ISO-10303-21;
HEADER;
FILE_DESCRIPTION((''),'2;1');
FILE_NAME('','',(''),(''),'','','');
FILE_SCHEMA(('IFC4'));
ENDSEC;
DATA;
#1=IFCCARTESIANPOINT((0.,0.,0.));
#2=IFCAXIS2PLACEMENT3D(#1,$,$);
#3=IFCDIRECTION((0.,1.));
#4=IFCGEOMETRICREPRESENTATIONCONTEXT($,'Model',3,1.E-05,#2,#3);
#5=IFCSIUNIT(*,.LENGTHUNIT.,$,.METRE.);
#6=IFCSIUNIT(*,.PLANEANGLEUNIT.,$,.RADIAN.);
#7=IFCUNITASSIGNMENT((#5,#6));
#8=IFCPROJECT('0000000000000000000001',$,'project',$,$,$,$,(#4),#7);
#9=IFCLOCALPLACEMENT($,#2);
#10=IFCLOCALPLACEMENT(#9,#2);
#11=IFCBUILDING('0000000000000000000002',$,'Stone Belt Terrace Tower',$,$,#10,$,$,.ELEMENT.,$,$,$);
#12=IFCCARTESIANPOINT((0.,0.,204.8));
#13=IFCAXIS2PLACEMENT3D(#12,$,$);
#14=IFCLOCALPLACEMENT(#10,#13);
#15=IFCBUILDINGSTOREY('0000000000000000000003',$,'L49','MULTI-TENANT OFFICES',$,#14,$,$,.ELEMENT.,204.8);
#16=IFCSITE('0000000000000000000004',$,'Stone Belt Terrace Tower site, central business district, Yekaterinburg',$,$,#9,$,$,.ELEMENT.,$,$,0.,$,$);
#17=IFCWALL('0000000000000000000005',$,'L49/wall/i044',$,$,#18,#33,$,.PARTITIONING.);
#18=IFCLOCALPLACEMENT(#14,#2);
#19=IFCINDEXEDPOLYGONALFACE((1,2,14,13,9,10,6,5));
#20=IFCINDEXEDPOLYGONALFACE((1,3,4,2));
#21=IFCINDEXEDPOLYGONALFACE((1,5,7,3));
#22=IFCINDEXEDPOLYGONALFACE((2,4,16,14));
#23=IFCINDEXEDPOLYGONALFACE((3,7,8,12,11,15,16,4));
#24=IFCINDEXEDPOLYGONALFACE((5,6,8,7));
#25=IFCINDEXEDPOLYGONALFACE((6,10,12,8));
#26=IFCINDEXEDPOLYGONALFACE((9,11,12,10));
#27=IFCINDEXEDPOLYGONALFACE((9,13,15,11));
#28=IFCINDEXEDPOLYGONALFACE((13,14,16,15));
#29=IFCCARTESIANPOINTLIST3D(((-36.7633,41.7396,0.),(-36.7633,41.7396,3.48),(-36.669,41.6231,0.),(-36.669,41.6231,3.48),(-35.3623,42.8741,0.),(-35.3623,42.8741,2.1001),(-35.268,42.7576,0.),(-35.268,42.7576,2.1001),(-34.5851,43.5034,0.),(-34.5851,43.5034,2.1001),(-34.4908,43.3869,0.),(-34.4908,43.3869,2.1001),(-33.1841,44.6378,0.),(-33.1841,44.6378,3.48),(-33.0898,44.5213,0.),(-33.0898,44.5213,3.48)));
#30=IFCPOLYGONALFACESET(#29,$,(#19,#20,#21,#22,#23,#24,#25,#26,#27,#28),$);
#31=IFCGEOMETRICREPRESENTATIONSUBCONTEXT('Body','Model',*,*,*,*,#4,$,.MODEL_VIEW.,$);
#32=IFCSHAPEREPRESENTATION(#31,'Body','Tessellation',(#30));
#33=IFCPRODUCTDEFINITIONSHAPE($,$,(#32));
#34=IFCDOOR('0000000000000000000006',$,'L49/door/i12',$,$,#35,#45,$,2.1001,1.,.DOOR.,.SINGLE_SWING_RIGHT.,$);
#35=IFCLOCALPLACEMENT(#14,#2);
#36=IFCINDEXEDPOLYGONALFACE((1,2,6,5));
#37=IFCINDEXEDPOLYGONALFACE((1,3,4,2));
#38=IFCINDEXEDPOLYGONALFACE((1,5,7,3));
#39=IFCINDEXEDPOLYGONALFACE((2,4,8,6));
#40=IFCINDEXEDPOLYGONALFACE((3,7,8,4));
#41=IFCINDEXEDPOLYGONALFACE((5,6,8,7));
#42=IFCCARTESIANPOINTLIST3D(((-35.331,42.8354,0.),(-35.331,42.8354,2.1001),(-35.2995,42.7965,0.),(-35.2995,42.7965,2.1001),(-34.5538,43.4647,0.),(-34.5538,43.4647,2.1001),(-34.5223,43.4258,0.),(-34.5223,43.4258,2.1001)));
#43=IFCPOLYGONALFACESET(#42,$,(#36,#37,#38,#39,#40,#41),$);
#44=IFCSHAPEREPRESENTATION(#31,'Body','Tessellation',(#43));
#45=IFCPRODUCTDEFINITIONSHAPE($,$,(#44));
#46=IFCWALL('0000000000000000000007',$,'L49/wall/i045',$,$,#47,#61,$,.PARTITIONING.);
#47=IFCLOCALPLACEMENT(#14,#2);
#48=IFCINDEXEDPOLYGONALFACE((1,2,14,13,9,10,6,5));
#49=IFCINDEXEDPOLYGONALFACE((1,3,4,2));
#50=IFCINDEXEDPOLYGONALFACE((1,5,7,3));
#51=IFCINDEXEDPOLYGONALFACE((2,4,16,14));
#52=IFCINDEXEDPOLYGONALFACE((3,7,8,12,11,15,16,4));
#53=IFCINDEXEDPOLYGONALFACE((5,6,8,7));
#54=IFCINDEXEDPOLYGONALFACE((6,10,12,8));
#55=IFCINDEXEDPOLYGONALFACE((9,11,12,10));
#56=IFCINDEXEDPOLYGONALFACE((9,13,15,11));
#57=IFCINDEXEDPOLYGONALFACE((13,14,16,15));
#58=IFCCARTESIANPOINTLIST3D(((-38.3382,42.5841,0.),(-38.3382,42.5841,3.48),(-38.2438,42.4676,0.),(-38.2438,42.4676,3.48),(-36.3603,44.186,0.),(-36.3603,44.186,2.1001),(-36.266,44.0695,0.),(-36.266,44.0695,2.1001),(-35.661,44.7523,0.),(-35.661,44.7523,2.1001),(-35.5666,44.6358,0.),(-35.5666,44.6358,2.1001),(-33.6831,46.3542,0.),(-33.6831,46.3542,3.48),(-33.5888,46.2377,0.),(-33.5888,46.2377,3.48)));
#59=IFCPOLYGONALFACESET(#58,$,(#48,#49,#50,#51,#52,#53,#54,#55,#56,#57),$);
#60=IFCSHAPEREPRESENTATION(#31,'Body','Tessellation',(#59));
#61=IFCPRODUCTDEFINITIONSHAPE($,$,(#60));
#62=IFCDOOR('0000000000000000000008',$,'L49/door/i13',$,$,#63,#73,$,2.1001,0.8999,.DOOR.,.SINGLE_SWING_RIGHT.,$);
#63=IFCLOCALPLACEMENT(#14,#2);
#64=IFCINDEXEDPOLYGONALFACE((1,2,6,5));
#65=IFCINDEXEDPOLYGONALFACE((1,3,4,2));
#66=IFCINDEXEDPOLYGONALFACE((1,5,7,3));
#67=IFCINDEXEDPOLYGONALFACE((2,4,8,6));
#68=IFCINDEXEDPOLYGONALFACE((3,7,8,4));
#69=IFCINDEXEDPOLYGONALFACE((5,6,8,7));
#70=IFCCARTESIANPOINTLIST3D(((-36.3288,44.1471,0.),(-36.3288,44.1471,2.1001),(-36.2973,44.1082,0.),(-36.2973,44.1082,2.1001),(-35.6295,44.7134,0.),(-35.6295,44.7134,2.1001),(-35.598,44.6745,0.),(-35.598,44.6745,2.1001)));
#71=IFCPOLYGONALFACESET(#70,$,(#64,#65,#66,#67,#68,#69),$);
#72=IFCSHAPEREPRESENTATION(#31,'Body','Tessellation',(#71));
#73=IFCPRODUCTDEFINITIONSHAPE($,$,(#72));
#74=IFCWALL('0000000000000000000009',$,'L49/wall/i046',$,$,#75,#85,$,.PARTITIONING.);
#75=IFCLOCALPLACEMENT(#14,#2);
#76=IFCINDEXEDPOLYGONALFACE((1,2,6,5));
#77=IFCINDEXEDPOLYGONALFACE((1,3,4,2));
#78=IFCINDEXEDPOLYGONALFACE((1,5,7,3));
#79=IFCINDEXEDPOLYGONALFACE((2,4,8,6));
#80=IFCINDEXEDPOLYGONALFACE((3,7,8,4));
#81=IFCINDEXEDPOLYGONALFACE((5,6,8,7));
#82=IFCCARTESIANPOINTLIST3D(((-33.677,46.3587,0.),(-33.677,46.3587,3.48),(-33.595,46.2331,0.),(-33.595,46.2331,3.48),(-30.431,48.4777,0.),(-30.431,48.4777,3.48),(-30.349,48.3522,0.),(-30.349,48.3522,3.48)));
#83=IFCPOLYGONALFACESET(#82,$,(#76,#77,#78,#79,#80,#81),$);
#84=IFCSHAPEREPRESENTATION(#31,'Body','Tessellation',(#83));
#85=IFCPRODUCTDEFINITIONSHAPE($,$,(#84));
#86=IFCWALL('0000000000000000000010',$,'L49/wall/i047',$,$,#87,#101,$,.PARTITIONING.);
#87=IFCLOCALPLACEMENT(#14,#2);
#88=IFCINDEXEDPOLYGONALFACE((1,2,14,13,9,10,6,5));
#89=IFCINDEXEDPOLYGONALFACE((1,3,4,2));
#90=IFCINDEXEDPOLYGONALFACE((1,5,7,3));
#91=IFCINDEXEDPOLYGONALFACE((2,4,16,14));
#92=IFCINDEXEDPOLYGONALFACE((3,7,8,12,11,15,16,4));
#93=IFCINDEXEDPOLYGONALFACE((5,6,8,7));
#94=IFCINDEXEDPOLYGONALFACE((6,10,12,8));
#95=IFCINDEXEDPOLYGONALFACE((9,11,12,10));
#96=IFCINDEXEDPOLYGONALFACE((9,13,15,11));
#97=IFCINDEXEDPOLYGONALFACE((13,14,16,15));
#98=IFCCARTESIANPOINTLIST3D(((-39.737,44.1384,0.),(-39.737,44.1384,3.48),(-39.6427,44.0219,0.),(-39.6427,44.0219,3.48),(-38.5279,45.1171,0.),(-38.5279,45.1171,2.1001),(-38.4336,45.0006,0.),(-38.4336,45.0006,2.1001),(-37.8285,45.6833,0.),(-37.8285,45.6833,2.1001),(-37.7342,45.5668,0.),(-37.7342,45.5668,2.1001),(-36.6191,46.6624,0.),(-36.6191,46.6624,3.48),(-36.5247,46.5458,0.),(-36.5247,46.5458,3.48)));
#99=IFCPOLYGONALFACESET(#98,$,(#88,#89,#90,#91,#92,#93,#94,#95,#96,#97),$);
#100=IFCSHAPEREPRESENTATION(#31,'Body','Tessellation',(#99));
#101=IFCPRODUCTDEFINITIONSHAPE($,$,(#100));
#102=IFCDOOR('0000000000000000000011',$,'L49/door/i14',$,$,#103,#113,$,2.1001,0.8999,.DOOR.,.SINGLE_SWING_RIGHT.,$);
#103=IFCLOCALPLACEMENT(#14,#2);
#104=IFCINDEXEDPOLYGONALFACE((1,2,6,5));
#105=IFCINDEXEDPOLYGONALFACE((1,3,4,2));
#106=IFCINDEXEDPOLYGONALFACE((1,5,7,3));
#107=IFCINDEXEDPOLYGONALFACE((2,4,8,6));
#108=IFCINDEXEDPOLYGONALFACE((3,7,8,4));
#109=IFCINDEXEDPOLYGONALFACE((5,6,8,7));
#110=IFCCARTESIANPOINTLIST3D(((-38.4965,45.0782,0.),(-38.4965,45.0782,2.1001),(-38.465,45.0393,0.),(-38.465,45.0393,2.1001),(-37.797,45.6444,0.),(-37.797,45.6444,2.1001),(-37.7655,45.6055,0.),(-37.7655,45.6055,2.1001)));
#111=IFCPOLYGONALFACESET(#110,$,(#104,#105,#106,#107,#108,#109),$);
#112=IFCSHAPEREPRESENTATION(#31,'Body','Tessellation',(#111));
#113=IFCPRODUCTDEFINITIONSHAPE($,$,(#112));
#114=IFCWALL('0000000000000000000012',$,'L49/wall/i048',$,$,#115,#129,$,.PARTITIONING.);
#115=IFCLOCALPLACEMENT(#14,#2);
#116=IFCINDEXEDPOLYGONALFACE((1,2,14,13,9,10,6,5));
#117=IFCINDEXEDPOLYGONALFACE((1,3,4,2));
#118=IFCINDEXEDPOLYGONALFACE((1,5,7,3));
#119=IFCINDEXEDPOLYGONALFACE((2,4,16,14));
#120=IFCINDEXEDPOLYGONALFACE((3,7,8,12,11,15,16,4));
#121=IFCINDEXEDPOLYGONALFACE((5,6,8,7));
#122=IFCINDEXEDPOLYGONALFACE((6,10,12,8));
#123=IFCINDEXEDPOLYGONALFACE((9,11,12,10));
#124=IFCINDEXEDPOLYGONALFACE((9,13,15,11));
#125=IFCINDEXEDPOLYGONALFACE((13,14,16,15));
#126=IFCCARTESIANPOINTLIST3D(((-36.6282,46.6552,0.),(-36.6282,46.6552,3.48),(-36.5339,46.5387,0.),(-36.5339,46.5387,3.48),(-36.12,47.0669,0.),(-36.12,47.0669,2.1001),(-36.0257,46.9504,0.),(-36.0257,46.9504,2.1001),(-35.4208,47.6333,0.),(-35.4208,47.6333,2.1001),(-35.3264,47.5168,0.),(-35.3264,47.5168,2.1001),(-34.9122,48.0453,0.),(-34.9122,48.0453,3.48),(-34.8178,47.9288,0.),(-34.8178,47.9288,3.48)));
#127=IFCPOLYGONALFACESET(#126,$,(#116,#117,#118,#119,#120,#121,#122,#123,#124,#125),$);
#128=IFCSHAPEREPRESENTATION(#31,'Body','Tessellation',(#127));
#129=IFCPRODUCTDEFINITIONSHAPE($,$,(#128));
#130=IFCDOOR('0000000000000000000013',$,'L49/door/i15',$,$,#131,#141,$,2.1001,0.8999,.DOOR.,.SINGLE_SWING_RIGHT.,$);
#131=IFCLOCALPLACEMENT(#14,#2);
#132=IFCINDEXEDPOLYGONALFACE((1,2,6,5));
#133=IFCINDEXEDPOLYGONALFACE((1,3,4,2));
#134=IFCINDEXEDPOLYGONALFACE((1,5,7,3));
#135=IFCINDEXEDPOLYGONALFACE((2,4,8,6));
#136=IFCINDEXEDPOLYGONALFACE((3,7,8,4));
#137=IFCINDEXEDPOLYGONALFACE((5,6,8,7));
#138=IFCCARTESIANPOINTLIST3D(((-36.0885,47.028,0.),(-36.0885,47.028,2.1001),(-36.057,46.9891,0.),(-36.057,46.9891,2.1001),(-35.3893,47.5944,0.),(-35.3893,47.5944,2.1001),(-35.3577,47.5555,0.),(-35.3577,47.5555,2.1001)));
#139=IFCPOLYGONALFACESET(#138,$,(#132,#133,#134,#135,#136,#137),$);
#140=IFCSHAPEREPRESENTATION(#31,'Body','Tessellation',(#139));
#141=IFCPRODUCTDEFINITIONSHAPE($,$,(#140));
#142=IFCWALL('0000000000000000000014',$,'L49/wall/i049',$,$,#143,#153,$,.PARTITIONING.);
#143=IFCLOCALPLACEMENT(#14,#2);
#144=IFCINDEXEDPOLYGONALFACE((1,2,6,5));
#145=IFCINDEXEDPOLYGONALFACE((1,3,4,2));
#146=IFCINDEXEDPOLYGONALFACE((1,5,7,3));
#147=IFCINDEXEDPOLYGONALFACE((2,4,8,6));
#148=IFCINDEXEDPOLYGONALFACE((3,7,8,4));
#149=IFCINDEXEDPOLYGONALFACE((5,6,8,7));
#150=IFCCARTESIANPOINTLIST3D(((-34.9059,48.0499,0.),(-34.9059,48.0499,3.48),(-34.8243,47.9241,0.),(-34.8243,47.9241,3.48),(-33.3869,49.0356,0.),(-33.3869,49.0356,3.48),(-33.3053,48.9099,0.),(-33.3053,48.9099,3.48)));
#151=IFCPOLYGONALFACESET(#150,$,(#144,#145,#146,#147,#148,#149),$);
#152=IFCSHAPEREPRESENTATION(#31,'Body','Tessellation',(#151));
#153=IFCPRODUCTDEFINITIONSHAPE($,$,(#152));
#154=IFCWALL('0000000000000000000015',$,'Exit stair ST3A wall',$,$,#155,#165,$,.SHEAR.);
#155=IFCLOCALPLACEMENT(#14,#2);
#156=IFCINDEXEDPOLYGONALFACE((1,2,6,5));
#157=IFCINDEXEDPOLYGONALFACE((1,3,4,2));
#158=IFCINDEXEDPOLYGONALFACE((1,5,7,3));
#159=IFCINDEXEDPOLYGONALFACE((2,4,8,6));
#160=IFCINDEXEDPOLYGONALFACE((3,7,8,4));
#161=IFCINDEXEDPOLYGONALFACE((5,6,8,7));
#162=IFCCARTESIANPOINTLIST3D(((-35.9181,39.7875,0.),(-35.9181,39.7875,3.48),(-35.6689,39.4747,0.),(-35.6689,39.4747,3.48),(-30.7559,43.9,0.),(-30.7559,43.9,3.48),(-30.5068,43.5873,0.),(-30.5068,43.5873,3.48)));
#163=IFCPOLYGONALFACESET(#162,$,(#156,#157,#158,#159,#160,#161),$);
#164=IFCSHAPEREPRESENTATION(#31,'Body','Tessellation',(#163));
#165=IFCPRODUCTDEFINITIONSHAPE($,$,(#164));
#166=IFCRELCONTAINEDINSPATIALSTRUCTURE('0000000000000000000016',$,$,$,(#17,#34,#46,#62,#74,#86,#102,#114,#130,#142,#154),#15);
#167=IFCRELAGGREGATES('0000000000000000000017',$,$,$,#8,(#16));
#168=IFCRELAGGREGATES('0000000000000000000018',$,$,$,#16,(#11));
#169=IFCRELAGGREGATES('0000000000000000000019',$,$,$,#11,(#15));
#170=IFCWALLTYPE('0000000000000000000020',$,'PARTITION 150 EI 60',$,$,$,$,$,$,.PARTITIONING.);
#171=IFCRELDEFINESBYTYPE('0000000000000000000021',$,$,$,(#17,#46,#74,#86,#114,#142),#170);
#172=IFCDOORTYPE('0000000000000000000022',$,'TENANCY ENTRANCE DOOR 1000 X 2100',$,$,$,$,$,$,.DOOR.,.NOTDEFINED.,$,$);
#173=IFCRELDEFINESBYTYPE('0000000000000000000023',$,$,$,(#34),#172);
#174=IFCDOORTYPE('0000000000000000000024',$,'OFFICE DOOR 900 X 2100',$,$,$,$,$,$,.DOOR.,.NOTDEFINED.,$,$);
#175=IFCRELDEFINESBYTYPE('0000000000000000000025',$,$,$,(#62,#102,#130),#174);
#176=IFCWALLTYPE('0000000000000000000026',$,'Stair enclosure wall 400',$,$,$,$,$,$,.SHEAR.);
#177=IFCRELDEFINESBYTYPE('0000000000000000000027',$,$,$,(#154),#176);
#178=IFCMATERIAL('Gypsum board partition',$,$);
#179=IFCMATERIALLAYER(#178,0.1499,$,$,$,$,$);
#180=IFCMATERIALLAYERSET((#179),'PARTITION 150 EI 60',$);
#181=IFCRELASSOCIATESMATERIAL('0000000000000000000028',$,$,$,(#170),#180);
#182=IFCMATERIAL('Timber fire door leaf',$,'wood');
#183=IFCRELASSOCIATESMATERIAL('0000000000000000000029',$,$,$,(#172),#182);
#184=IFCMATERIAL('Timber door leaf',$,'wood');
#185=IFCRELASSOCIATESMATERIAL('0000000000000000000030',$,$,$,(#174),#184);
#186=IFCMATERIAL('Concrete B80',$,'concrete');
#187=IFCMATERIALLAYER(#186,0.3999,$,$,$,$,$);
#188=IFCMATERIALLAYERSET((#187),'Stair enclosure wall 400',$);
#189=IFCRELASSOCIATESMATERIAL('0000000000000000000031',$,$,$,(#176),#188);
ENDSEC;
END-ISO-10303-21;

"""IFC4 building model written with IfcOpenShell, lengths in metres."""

from ifc_helpers import new_model, si_unit, direction, frame, frame_2d, origin, place, context, subcontext, project, spatial, rectangle, extrude, material, layer, layer_set, type_object, element, fill, save


model = new_model("IFC4")

# Units and contexts
model_context = context("Model", 3, precision=1e-05, world=origin(), true_north=direction((0.0, 1.0)))
body_context = subcontext(model_context, "Body", "Model", "MODEL_VIEW")
ifc_project = project(units=[si_unit("LENGTHUNIT", "METRE"), si_unit("PLANEANGLEUNIT", "RADIAN")], contexts=[model_context])

# Site, building, storey
site_placement = place(None, origin())
site = spatial("IfcSite", under=ifc_project, at=site_placement, Name="Stone Belt Terrace Tower site, central business district, Yekaterinburg", CompositionType="ELEMENT", RefElevation=0.0)
building_placement = place(site_placement, origin())
building = spatial("IfcBuilding", under=site, at=building_placement, Name="Stone Belt Terrace Tower", CompositionType="ELEMENT")
storey_placement = place(building_placement, frame((0.0, 0.0, 204.8)))
storey = spatial("IfcBuildingStorey", under=building, at=storey_placement, Name="L49", Description="MULTI-TENANT OFFICES", CompositionType="ELEMENT", Elevation=204.8)

# Shared definitions
ifc_material_1 = material(Name="Gypsum board partition")
ifc_layer_1 = layer(ifc_material_1, 0.1499)
ifc_layer_set_1 = layer_set([ifc_layer_1], Name="PARTITION 150 EI 60")
wall_type_1 = type_object("IfcWallType", Name="PARTITION 150 EI 60", PredefinedType="PARTITIONING", material=ifc_layer_set_1)

# Walls, openings, doors
wall_1_placement = place(storey_placement, frame((-33.137, 44.5796, 0.0), z_axis=(0.0, 0.0, 1.0), x_axis=(-0.777157, -0.629306, 0.0)))
wall_1 = element("IfcWall", 1, at=wall_1_placement, inside=storey, type_object=wall_type_1, Name="L49/wall/i044", PredefinedType="PARTITIONING", context=body_context, shape_type="SweptSolid", body=[
    extrude(rectangle(XDim=4.6055, YDim=0.1499, at=frame_2d((2.3027, 0.0))), origin(), (0.0, 0.0, 1.0), 3.48),
])
opening_1_placement = place(wall_1_placement, frame((1.8027, 0.0, 0.0)))
opening_1 = element("IfcOpeningElement", 2, at=opening_1_placement, cuts=wall_1, PredefinedType="OPENING", context=body_context, shape_type="SweptSolid", body=[
    extrude(rectangle(XDim=1.0, YDim=2.1001, at=frame_2d((0.5, 1.05))), frame((0.0, 0.085, 0.0), z_axis=(0.0, -1.0, 0.0), x_axis=(1.0, 0.0, 0.0)), (0.0, 0.0, 1.0), 0.1699),
])
ifc_material_2 = material(Name="Timber fire door leaf", Category="wood")
door_type_1 = type_object("IfcDoorType", Name="TENANCY ENTRANCE DOOR 1000 X 2100", OperationType="NOTDEFINED", PredefinedType="DOOR", material=ifc_material_2)
door_1_placement = place(opening_1_placement, origin())
door_1 = element("IfcDoor", 3, at=door_1_placement, inside=storey, type_object=door_type_1, Name="L49/door/i12", OperationType="SINGLE_SWING_RIGHT", OverallHeight=2.1001, OverallWidth=1.0, PredefinedType="DOOR", context=body_context, shape_type="SweptSolid", body=[
    extrude(rectangle(XDim=1.0, YDim=2.1001, at=frame_2d((0.5, 1.05))), frame((0.0, 0.0249, 0.0), z_axis=(0.0, -1.0, 0.0), x_axis=(1.0, 0.0, 0.0)), (0.0, 0.0, 1.0), 0.05),
])
fill(opening_1, door_1)
wall_2_placement = place(storey_placement, frame((-38.291, 42.5259, 0.0), z_axis=(0.0, 0.0, 1.0), x_axis=(0.777109, 0.629366, 0.0)))
wall_2 = element("IfcWall", 4, at=wall_2_placement, inside=storey, type_object=wall_type_1, Name="L49/wall/i045", PredefinedType="PARTITIONING", context=body_context, shape_type="SweptSolid", body=[
    extrude(rectangle(XDim=5.9902, YDim=0.1499, at=frame_2d((2.9951, 0.0))), origin(), (0.0, 0.0, 1.0), 3.48),
])
opening_2_placement = place(wall_2_placement, frame((2.5452, 0.0, 0.0)))
opening_2 = element("IfcOpeningElement", 5, at=opening_2_placement, cuts=wall_2, PredefinedType="OPENING", context=body_context, shape_type="SweptSolid", body=[
    extrude(rectangle(XDim=0.8999, YDim=2.1001, at=frame_2d((0.45, 1.05))), frame((0.0, 0.085, 0.0), z_axis=(0.0, -1.0, 0.0), x_axis=(1.0, 0.0, 0.0)), (0.0, 0.0, 1.0), 0.1699),
])
ifc_material_3 = material(Name="Timber door leaf", Category="wood")
door_type_2 = type_object("IfcDoorType", Name="OFFICE DOOR 900 X 2100", OperationType="NOTDEFINED", PredefinedType="DOOR", material=ifc_material_3)
door_2_placement = place(opening_2_placement, origin())
door_2 = element("IfcDoor", 6, at=door_2_placement, inside=storey, type_object=door_type_2, Name="L49/door/i13", OperationType="SINGLE_SWING_RIGHT", OverallHeight=2.1001, OverallWidth=0.8999, PredefinedType="DOOR", context=body_context, shape_type="SweptSolid", body=[
    extrude(rectangle(XDim=0.8999, YDim=2.1001, at=frame_2d((0.45, 1.05))), frame((0.0, 0.0249, 0.0), z_axis=(0.0, -1.0, 0.0), x_axis=(1.0, 0.0, 0.0)), (0.0, 0.0, 1.0), 0.05),
])
fill(opening_2, door_2)

# Wall
wall_3_placement = place(storey_placement, frame((-33.636, 46.2959, 0.0), z_axis=(0.0, 0.0, 1.0), x_axis=(0.83736, 0.546652, 0.0)))
element("IfcWall", 7, at=wall_3_placement, inside=storey, type_object=wall_type_1, Name="L49/wall/i046", PredefinedType="PARTITIONING", context=body_context, shape_type="SweptSolid", body=[
    extrude(rectangle(XDim=3.8765, YDim=0.1499, at=frame_2d((1.9382, 0.0))), origin(), (0.0, 0.0, 1.0), 3.48),
])

# Walls, openings, doors
wall_4_placement = place(storey_placement, frame((-39.6899, 44.0801, 0.0), z_axis=(0.0, 0.0, 1.0), x_axis=(0.777258, 0.629182, 0.0)))
wall_4 = element("IfcWall", 8, at=wall_4_placement, inside=storey, type_object=wall_type_1, Name="L49/wall/i047", PredefinedType="PARTITIONING", context=body_context, shape_type="SweptSolid", body=[
    extrude(rectangle(XDim=4.0115, YDim=0.1499, at=frame_2d((2.0059, 0.0))), origin(), (0.0, 0.0, 1.0), 3.48),
])
opening_3_placement = place(wall_4_placement, frame((1.5557, 0.0, 0.0)))
opening_3 = element("IfcOpeningElement", 9, at=opening_3_placement, cuts=wall_4, PredefinedType="OPENING", context=body_context, shape_type="SweptSolid", body=[
    extrude(rectangle(XDim=0.8999, YDim=2.1001, at=frame_2d((0.45, 1.05))), frame((0.0, 0.085, 0.0), z_axis=(0.0, -1.0, 0.0), x_axis=(1.0, 0.0, 0.0)), (0.0, 0.0, 1.0), 0.1699),
])
door_3_placement = place(opening_3_placement, origin())
door_3 = element("IfcDoor", 10, at=door_3_placement, inside=storey, type_object=door_type_2, Name="L49/door/i14", OperationType="SINGLE_SWING_RIGHT", OverallHeight=2.1001, OverallWidth=0.8999, PredefinedType="DOOR", context=body_context, shape_type="SweptSolid", body=[
    extrude(rectangle(XDim=0.8999, YDim=2.1001, at=frame_2d((0.45, 1.05))), frame((0.0, 0.0249, 0.0), z_axis=(0.0, -1.0, 0.0), x_axis=(1.0, 0.0, 0.0)), (0.0, 0.0, 1.0), 0.05),
])
fill(opening_3, door_3)
wall_5_placement = place(storey_placement, frame((-36.5811, 46.5969, 0.0), z_axis=(0.0, 0.0, 1.0), x_axis=(0.777036, 0.629456, 0.0)))
wall_5 = element("IfcWall", 11, at=wall_5_placement, inside=storey, type_object=wall_type_1, Name="L49/wall/i048", PredefinedType="PARTITIONING", context=body_context, shape_type="SweptSolid", body=[
    extrude(rectangle(XDim=2.2085, YDim=0.1499, at=frame_2d((1.1042, 0.0))), origin(), (0.0, 0.0, 1.0), 3.48),
])
opening_4_placement = place(wall_5_placement, frame((0.6541, 0.0, 0.0)))
opening_4 = element("IfcOpeningElement", 12, at=opening_4_placement, cuts=wall_5, PredefinedType="OPENING", context=body_context, shape_type="SweptSolid", body=[
    extrude(rectangle(XDim=0.8999, YDim=2.1001, at=frame_2d((0.45, 1.05))), frame((0.0, 0.085, 0.0), z_axis=(0.0, -1.0, 0.0), x_axis=(1.0, 0.0, 0.0)), (0.0, 0.0, 1.0), 0.1699),
])
door_4_placement = place(opening_4_placement, origin())
door_4 = element("IfcDoor", 13, at=door_4_placement, inside=storey, type_object=door_type_2, Name="L49/door/i15", OperationType="SINGLE_SWING_RIGHT", OverallHeight=2.1001, OverallWidth=0.8999, PredefinedType="DOOR", context=body_context, shape_type="SweptSolid", body=[
    extrude(rectangle(XDim=0.8999, YDim=2.1001, at=frame_2d((0.45, 1.05))), frame((0.0, 0.0249, 0.0), z_axis=(0.0, -1.0, 0.0), x_axis=(1.0, 0.0, 0.0)), (0.0, 0.0, 1.0), 0.05),
])
fill(opening_4, door_4)

# Walls
wall_6_placement = place(storey_placement, frame((-34.865, 47.9871, 0.0), z_axis=(0.0, 0.0, 1.0), x_axis=(0.838832, 0.544391, 0.0)))
element("IfcWall", 14, at=wall_6_placement, inside=storey, type_object=wall_type_1, Name="L49/wall/i049", PredefinedType="PARTITIONING", context=body_context, shape_type="SweptSolid", body=[
    extrude(rectangle(XDim=1.8108, YDim=0.1499, at=frame_2d((0.9053, 0.0))), origin(), (0.0, 0.0, 1.0), 3.48),
])
ifc_material_4 = material(Name="Concrete B80", Category="concrete")
ifc_layer_2 = layer(ifc_material_4, 0.3999)
ifc_layer_set_2 = layer_set([ifc_layer_2], Name="Stair enclosure wall 400")
wall_type_2 = type_object("IfcWallType", Name="Stair enclosure wall 400", PredefinedType="SHEAR", material=ifc_layer_set_2)
wall_7_placement = place(storey_placement, frame((-30.6313, 43.7437, 0.0), z_axis=(0.0, 0.0, 1.0), x_axis=(-0.782134, -0.62311, 0.0)))
element("IfcWall", 15, at=wall_7_placement, inside=storey, type_object=wall_type_2, Name="Exit stair ST3A wall", PredefinedType="SHEAR", context=body_context, shape_type="SweptSolid", body=[
    extrude(rectangle(XDim=6.6001, YDim=0.3999, at=frame_2d((3.3, 0.0))), origin(), (0.0, 0.0, 1.0), 3.48),
])

save(model, "model.ifc")
